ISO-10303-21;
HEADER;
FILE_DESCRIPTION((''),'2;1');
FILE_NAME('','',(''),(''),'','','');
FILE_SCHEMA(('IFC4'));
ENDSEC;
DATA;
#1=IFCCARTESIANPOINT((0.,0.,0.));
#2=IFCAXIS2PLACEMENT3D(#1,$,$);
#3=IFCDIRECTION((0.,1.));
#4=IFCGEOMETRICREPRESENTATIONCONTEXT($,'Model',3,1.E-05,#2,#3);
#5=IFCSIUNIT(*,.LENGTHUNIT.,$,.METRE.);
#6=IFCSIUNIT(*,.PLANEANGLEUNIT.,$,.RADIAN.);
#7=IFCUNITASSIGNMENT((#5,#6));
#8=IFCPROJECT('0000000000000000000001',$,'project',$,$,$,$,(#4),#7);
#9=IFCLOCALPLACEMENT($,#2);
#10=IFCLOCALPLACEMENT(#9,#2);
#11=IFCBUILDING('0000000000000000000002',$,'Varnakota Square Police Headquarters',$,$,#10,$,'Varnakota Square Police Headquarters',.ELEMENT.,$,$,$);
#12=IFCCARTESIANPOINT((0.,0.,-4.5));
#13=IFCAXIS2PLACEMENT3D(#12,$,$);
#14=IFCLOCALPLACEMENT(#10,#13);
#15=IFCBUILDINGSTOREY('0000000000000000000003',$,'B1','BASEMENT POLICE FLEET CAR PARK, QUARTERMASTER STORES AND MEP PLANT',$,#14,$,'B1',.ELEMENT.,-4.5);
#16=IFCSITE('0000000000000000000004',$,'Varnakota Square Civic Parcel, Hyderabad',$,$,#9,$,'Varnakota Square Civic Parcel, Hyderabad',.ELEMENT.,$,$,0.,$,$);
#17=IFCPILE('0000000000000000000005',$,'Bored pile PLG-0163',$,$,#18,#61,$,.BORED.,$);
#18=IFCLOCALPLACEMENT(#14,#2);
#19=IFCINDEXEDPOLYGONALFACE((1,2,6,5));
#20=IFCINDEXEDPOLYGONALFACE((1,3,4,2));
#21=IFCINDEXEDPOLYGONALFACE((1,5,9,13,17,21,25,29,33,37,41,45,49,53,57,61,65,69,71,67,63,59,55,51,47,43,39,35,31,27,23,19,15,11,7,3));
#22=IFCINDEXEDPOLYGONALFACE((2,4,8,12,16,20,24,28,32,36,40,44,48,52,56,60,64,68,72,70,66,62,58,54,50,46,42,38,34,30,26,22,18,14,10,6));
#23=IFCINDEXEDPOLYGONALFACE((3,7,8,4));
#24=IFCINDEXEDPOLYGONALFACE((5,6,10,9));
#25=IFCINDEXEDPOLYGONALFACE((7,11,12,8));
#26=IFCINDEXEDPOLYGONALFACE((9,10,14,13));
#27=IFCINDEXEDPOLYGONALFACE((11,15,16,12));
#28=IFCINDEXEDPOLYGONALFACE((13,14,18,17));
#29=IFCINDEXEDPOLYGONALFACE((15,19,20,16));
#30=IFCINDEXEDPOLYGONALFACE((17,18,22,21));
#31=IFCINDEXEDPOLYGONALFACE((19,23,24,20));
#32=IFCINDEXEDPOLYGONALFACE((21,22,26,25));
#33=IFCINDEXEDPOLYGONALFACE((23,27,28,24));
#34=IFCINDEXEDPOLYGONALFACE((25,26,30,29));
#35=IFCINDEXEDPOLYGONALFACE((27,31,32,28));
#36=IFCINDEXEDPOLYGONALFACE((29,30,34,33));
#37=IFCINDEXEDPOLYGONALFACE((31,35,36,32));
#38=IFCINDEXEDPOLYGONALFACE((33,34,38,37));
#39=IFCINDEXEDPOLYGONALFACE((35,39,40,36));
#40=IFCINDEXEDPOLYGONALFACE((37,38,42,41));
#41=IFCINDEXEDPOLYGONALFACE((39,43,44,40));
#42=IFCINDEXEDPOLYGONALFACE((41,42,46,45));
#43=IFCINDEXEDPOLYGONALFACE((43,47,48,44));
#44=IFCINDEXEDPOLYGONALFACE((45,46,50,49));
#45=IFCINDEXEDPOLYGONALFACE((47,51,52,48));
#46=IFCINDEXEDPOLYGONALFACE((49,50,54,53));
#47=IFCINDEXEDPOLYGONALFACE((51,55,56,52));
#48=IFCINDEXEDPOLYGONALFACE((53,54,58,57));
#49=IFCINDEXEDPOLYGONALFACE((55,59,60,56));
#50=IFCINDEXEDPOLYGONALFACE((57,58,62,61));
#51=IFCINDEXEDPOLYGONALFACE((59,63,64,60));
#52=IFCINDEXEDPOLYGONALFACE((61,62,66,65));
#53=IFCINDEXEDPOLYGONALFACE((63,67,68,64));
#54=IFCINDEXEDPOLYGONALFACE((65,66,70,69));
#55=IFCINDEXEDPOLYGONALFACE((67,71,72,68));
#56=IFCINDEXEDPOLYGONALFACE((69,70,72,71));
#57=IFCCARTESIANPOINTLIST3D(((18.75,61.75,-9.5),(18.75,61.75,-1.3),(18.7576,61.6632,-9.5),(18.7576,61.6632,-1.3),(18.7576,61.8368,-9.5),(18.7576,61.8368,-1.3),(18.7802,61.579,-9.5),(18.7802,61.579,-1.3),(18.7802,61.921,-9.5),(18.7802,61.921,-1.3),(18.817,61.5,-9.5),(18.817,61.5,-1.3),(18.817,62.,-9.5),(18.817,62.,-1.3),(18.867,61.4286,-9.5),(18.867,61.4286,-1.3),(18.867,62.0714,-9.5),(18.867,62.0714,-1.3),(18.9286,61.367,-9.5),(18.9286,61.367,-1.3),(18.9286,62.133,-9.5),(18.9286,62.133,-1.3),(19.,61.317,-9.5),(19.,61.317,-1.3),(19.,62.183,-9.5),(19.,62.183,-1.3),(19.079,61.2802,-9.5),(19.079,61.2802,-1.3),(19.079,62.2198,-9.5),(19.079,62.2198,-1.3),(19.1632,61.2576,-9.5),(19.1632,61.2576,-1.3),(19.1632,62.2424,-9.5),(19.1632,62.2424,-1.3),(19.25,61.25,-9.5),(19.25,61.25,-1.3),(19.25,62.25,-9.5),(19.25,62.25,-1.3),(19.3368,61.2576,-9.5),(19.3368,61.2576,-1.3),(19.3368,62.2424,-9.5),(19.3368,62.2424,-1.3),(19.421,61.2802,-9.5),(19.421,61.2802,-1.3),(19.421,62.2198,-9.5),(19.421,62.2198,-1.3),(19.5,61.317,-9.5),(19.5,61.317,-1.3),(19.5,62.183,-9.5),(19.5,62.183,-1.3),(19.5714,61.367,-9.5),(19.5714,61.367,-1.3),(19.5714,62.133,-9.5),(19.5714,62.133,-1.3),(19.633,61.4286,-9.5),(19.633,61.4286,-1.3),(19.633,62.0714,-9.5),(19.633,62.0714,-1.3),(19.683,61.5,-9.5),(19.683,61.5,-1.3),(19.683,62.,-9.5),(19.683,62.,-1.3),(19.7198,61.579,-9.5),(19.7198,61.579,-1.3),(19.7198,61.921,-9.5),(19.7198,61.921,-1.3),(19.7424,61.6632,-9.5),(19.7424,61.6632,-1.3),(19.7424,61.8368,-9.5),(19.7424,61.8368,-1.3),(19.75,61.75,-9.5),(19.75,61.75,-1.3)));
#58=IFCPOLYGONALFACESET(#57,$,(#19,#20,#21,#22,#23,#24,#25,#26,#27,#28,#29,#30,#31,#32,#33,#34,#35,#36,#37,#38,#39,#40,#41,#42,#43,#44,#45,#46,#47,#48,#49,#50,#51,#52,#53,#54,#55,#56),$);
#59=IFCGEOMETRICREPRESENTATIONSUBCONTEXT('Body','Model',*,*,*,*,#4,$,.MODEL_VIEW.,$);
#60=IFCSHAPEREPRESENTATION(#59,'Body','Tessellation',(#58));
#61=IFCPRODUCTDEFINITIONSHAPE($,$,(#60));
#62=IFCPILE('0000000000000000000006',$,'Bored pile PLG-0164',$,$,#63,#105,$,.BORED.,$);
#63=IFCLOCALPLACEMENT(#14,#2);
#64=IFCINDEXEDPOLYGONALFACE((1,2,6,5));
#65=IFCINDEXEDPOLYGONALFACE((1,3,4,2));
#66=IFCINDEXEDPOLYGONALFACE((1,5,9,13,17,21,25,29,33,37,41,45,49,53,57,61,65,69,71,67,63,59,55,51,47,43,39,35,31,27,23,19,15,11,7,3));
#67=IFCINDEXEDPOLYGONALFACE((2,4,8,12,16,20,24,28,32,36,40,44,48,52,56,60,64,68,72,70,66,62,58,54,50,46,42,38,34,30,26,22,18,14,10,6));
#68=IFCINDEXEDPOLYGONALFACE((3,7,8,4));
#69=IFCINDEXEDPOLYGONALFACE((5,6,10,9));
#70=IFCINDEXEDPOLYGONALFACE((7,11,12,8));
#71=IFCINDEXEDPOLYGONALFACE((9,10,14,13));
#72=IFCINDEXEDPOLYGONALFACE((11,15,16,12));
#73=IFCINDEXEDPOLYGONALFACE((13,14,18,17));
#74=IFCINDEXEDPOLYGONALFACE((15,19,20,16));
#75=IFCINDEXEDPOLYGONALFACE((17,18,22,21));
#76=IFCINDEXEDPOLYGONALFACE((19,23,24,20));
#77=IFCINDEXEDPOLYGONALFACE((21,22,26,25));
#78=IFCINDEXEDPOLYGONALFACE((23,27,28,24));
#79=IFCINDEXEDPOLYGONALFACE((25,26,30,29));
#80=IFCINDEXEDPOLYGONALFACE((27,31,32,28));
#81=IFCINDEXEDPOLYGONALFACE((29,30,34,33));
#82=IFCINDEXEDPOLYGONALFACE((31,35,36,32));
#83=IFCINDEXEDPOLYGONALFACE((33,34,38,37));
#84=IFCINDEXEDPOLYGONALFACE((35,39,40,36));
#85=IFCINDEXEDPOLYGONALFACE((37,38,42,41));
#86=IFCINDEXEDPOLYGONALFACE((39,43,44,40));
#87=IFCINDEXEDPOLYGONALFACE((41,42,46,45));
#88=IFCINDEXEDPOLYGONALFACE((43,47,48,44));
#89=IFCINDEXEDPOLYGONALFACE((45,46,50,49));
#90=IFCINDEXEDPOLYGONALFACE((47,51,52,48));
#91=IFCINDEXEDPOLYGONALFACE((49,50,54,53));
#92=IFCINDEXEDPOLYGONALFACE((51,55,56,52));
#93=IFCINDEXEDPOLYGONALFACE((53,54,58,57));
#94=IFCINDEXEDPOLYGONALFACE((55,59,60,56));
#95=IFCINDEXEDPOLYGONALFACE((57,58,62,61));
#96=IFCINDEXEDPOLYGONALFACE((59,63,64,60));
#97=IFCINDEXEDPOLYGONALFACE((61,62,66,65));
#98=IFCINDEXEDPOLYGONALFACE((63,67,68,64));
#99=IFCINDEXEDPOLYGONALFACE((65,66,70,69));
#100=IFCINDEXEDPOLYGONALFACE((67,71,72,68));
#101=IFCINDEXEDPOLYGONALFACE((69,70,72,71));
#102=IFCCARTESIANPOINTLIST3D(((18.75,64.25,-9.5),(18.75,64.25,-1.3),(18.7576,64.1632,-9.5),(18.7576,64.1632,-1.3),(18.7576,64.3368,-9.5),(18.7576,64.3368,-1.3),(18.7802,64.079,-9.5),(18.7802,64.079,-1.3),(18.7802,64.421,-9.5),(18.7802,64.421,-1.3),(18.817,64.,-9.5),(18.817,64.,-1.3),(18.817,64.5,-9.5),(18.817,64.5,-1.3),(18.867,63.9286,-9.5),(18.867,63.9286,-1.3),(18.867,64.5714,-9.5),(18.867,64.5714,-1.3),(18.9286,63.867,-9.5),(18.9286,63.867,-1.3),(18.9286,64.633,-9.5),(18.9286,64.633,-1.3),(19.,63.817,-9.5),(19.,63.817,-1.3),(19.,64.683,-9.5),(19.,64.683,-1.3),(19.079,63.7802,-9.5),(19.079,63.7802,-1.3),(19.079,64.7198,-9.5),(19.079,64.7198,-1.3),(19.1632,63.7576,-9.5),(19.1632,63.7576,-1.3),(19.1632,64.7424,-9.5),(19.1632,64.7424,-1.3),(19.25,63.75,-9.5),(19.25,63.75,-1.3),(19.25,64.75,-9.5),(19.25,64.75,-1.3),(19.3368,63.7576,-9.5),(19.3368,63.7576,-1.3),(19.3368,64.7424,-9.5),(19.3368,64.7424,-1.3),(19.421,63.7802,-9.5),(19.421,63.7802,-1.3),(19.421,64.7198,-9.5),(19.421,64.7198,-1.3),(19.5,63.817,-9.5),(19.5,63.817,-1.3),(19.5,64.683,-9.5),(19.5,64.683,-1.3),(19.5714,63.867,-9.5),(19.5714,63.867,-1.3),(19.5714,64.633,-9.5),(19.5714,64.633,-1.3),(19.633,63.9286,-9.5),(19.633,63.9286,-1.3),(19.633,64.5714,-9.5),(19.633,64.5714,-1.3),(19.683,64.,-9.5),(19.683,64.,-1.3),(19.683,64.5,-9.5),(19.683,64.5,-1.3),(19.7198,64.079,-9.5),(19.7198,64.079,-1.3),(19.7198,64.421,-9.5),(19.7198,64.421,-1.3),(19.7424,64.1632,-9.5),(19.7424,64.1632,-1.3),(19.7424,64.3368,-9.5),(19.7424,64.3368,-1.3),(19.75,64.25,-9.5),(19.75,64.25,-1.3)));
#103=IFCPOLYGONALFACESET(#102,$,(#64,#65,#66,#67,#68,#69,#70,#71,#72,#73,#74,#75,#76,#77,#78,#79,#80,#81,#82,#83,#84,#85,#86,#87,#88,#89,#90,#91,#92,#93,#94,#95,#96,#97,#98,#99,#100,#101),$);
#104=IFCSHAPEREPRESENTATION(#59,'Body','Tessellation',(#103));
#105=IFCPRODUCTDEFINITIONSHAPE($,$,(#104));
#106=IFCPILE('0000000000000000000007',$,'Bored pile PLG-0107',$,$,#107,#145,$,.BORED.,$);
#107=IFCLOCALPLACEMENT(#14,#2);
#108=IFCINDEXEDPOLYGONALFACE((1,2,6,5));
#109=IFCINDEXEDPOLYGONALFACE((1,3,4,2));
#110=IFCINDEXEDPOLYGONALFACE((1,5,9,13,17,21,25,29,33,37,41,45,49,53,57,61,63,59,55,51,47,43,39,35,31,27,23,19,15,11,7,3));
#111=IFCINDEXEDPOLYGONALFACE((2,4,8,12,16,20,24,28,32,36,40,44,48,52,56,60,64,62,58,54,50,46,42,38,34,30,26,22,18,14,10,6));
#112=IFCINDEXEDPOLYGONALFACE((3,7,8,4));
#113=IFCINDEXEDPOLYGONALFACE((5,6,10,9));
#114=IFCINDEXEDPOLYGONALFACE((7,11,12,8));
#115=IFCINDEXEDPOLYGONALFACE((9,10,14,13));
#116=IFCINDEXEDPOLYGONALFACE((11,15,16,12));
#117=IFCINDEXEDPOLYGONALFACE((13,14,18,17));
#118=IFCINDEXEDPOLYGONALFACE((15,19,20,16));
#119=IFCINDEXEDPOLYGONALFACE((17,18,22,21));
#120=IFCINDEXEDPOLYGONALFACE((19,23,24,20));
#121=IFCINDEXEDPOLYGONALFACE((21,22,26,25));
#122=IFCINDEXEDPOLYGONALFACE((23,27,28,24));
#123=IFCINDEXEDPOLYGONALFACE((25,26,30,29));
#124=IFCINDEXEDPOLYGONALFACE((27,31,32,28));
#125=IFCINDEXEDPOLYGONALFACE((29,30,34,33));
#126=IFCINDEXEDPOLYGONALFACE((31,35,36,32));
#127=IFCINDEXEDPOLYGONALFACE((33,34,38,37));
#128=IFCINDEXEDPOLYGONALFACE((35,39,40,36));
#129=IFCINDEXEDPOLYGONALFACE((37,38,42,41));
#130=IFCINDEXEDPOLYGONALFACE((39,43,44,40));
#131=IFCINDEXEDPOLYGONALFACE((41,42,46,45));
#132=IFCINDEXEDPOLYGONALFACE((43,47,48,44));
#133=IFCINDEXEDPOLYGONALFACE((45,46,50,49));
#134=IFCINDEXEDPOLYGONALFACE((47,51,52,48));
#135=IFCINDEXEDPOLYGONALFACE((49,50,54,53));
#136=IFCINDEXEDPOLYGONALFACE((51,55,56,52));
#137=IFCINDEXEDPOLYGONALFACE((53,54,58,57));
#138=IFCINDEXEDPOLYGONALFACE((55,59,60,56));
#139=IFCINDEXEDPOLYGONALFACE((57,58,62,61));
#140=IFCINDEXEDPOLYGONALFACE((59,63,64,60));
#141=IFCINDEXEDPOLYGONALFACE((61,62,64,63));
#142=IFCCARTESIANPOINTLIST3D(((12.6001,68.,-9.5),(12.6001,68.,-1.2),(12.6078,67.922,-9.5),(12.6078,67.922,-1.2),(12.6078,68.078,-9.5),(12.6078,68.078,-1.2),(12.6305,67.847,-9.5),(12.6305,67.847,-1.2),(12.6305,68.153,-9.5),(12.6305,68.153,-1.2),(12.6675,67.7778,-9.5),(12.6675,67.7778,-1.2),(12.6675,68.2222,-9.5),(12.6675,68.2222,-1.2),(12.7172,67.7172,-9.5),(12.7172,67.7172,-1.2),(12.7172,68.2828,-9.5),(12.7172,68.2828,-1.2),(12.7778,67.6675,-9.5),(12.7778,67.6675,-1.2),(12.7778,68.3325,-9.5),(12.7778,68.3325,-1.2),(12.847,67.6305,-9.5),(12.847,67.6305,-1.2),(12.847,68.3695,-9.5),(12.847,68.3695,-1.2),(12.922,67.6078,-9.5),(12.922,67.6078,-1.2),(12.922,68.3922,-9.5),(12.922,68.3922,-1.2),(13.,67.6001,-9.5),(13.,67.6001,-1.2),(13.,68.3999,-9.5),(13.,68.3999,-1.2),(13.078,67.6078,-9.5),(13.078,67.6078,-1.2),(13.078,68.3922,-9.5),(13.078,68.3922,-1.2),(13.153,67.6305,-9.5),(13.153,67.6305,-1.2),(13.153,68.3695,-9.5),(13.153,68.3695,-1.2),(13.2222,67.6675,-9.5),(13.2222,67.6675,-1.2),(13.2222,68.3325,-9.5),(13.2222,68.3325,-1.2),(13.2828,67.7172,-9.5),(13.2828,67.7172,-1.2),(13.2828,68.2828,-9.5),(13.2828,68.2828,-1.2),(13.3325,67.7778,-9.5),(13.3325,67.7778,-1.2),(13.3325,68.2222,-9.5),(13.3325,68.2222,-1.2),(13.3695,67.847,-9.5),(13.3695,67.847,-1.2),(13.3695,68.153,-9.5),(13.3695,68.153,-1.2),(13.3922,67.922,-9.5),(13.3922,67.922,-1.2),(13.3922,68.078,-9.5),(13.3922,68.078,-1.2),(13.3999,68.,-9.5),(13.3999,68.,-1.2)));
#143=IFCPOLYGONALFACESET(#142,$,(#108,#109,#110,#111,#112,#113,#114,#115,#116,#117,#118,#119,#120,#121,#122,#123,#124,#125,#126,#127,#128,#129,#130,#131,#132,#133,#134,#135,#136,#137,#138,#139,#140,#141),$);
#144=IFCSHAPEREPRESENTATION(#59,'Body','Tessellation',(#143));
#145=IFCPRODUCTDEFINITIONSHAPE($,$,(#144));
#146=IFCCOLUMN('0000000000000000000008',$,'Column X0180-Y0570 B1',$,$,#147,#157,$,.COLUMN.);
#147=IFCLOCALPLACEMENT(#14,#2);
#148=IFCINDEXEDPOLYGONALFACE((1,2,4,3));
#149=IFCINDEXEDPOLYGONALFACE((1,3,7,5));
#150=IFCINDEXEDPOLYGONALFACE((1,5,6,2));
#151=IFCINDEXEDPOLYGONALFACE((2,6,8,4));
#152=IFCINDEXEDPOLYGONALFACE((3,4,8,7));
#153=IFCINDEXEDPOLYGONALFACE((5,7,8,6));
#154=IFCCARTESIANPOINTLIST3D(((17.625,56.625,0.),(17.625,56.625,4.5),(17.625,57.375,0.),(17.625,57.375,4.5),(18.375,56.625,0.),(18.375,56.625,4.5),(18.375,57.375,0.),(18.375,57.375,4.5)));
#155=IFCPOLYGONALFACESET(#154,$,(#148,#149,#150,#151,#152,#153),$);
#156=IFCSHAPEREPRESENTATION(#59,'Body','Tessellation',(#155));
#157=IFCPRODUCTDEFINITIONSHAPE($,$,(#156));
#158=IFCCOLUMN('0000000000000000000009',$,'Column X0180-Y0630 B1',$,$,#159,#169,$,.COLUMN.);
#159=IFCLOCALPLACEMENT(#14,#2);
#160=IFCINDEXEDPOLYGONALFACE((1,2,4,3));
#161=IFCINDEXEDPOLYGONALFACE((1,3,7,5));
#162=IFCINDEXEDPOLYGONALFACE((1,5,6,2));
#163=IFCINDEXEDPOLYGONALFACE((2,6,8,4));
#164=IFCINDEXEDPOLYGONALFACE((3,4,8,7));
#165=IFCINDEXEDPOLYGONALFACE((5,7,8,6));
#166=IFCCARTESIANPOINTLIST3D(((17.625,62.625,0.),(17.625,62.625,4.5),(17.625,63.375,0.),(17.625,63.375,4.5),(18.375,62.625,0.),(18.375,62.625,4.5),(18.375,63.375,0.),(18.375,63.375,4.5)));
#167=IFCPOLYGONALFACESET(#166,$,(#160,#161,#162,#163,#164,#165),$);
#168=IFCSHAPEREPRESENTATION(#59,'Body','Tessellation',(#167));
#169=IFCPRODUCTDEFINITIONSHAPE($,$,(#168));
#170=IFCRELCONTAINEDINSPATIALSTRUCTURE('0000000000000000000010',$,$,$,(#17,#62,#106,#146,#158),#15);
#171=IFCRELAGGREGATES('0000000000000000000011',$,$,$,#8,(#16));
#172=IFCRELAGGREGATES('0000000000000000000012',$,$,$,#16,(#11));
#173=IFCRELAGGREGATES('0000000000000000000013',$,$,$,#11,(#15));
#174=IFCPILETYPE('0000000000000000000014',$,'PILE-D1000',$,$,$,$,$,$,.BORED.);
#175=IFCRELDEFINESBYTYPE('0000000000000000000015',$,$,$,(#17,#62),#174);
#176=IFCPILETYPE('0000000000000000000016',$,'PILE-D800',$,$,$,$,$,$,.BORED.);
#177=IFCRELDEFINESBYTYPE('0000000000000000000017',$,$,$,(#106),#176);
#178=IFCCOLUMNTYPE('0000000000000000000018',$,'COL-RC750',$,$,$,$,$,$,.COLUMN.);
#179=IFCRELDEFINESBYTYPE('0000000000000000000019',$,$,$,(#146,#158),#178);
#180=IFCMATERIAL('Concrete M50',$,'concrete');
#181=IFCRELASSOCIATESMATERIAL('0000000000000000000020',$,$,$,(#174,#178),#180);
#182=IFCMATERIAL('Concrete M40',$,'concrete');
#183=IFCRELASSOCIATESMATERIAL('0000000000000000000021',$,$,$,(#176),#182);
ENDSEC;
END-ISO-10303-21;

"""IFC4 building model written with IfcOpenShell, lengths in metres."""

from ifc_helpers import new_model, si_unit, direction, frame, origin, origin_2d, place, context, subcontext, project, spatial, rectangle, circle, extrude, material, material_profile, profile_set, type_object, element, save


model = new_model("IFC4")

# Units and contexts
model_context = context("Model", 3, precision=1e-05, world=origin(), true_north=direction((0.0, 1.0)))
body_context = subcontext(model_context, "Body", "Model", "MODEL_VIEW")
ifc_project = project(units=[si_unit("LENGTHUNIT", "METRE"), si_unit("PLANEANGLEUNIT", "RADIAN")], contexts=[model_context])

# Site, building, storey
site_placement = place(None, origin())
site = spatial("IfcSite", under=ifc_project, at=site_placement, Name="Varnakota Square Civic Parcel, Hyderabad", LongName="Varnakota Square Civic Parcel, Hyderabad", CompositionType="ELEMENT", RefElevation=0.0)
building_placement = place(site_placement, origin())
building = spatial("IfcBuilding", under=site, at=building_placement, Name="Varnakota Square Police Headquarters", LongName="Varnakota Square Police Headquarters", CompositionType="ELEMENT")
storey_placement = place(building_placement, frame((0.0, 0.0, -4.5)))
storey = spatial("IfcBuildingStorey", under=building, at=storey_placement, Name="B1", Description="BASEMENT POLICE FLEET CAR PARK, QUARTERMASTER STORES AND MEP PLANT", LongName="B1", CompositionType="ELEMENT", Elevation=-4.5)

# Shared definitions
ifc_material_1 = material(Name="Concrete M40", Category="concrete")
ifc_material_2 = material(Name="Concrete M50", Category="concrete")

# Piles
ifc_material_profile_1 = material_profile(ifc_material_2, circle(Radius=0.5, at=origin_2d()), Name="BORED PILE 1000")
ifc_profile_set_1 = profile_set([ifc_material_profile_1], Name="Concrete M50")
pile_type_1 = type_object("IfcPileType", Name="PILE-D1000", PredefinedType="BORED", material=ifc_profile_set_1)
for number, where, z_axis, x_axis, name in (
    (1, (19.25, 61.75, -1.3), (0.0, 0.0, -1.0), (1.0, 0.0, 0.0), "Bored pile PLG-0163"),
    (2, (19.25, 64.25, -1.3), (0.0, 0.0, -1.0), (1.0, 0.0, 0.0), "Bored pile PLG-0164"),
):
    element("IfcPile", number, at=place(storey_placement, frame(where, z_axis=z_axis, x_axis=x_axis)), inside=storey, type_object=pile_type_1, Name=name, PredefinedType="BORED", context=body_context, shape_type="SweptSolid", body=[
        extrude(circle(Radius=0.5, at=origin_2d()), origin(), (0.0, 0.0, 1.0), 8.2),
    ])
ifc_material_profile_2 = material_profile(ifc_material_1, circle(Radius=0.3999, at=origin_2d()), Name="BORED PILE 800")
ifc_profile_set_2 = profile_set([ifc_material_profile_2], Name="Concrete M40")
pile_type_2 = type_object("IfcPileType", Name="PILE-D800", PredefinedType="BORED", material=ifc_profile_set_2)
pile_placement = place(storey_placement, frame((13.0, 68.0, -1.2), z_axis=(0.0, 0.0, -1.0), x_axis=(1.0, 0.0, 0.0)))
element("IfcPile", 3, at=pile_placement, inside=storey, type_object=pile_type_2, Name="Bored pile PLG-0107", PredefinedType="BORED", context=body_context, shape_type="SweptSolid", body=[
    extrude(circle(Radius=0.3999, at=origin_2d()), origin(), (0.0, 0.0, 1.0), 8.3),
])

# Columns
ifc_material_profile_3 = material_profile(ifc_material_2, rectangle(XDim=0.75, YDim=0.75, at=origin_2d()), Name="RC 750x750")
ifc_profile_set_3 = profile_set([ifc_material_profile_3], Name="Concrete M50")
column_type = type_object("IfcColumnType", Name="COL-RC750", PredefinedType="COLUMN", material=ifc_profile_set_3)
for number, where, z_axis, x_axis, name in (
    (4, (18.0, 57.0, 0.0), (0.0, 0.0, 1.0), (1.0, 0.0, 0.0), "Column X0180-Y0570 B1"),
    (5, (18.0, 63.0, 0.0), (0.0, 0.0, 1.0), (1.0, 0.0, 0.0), "Column X0180-Y0630 B1"),
):
    element("IfcColumn", number, at=place(storey_placement, frame(where, z_axis=z_axis, x_axis=x_axis)), inside=storey, type_object=column_type, Name=name, PredefinedType="COLUMN", context=body_context, shape_type="SweptSolid", body=[
        extrude(rectangle(XDim=0.75, YDim=0.75, at=origin_2d()), origin(), (0.0, 0.0, 1.0), 4.5),
    ])

save(model, "model.ifc")
